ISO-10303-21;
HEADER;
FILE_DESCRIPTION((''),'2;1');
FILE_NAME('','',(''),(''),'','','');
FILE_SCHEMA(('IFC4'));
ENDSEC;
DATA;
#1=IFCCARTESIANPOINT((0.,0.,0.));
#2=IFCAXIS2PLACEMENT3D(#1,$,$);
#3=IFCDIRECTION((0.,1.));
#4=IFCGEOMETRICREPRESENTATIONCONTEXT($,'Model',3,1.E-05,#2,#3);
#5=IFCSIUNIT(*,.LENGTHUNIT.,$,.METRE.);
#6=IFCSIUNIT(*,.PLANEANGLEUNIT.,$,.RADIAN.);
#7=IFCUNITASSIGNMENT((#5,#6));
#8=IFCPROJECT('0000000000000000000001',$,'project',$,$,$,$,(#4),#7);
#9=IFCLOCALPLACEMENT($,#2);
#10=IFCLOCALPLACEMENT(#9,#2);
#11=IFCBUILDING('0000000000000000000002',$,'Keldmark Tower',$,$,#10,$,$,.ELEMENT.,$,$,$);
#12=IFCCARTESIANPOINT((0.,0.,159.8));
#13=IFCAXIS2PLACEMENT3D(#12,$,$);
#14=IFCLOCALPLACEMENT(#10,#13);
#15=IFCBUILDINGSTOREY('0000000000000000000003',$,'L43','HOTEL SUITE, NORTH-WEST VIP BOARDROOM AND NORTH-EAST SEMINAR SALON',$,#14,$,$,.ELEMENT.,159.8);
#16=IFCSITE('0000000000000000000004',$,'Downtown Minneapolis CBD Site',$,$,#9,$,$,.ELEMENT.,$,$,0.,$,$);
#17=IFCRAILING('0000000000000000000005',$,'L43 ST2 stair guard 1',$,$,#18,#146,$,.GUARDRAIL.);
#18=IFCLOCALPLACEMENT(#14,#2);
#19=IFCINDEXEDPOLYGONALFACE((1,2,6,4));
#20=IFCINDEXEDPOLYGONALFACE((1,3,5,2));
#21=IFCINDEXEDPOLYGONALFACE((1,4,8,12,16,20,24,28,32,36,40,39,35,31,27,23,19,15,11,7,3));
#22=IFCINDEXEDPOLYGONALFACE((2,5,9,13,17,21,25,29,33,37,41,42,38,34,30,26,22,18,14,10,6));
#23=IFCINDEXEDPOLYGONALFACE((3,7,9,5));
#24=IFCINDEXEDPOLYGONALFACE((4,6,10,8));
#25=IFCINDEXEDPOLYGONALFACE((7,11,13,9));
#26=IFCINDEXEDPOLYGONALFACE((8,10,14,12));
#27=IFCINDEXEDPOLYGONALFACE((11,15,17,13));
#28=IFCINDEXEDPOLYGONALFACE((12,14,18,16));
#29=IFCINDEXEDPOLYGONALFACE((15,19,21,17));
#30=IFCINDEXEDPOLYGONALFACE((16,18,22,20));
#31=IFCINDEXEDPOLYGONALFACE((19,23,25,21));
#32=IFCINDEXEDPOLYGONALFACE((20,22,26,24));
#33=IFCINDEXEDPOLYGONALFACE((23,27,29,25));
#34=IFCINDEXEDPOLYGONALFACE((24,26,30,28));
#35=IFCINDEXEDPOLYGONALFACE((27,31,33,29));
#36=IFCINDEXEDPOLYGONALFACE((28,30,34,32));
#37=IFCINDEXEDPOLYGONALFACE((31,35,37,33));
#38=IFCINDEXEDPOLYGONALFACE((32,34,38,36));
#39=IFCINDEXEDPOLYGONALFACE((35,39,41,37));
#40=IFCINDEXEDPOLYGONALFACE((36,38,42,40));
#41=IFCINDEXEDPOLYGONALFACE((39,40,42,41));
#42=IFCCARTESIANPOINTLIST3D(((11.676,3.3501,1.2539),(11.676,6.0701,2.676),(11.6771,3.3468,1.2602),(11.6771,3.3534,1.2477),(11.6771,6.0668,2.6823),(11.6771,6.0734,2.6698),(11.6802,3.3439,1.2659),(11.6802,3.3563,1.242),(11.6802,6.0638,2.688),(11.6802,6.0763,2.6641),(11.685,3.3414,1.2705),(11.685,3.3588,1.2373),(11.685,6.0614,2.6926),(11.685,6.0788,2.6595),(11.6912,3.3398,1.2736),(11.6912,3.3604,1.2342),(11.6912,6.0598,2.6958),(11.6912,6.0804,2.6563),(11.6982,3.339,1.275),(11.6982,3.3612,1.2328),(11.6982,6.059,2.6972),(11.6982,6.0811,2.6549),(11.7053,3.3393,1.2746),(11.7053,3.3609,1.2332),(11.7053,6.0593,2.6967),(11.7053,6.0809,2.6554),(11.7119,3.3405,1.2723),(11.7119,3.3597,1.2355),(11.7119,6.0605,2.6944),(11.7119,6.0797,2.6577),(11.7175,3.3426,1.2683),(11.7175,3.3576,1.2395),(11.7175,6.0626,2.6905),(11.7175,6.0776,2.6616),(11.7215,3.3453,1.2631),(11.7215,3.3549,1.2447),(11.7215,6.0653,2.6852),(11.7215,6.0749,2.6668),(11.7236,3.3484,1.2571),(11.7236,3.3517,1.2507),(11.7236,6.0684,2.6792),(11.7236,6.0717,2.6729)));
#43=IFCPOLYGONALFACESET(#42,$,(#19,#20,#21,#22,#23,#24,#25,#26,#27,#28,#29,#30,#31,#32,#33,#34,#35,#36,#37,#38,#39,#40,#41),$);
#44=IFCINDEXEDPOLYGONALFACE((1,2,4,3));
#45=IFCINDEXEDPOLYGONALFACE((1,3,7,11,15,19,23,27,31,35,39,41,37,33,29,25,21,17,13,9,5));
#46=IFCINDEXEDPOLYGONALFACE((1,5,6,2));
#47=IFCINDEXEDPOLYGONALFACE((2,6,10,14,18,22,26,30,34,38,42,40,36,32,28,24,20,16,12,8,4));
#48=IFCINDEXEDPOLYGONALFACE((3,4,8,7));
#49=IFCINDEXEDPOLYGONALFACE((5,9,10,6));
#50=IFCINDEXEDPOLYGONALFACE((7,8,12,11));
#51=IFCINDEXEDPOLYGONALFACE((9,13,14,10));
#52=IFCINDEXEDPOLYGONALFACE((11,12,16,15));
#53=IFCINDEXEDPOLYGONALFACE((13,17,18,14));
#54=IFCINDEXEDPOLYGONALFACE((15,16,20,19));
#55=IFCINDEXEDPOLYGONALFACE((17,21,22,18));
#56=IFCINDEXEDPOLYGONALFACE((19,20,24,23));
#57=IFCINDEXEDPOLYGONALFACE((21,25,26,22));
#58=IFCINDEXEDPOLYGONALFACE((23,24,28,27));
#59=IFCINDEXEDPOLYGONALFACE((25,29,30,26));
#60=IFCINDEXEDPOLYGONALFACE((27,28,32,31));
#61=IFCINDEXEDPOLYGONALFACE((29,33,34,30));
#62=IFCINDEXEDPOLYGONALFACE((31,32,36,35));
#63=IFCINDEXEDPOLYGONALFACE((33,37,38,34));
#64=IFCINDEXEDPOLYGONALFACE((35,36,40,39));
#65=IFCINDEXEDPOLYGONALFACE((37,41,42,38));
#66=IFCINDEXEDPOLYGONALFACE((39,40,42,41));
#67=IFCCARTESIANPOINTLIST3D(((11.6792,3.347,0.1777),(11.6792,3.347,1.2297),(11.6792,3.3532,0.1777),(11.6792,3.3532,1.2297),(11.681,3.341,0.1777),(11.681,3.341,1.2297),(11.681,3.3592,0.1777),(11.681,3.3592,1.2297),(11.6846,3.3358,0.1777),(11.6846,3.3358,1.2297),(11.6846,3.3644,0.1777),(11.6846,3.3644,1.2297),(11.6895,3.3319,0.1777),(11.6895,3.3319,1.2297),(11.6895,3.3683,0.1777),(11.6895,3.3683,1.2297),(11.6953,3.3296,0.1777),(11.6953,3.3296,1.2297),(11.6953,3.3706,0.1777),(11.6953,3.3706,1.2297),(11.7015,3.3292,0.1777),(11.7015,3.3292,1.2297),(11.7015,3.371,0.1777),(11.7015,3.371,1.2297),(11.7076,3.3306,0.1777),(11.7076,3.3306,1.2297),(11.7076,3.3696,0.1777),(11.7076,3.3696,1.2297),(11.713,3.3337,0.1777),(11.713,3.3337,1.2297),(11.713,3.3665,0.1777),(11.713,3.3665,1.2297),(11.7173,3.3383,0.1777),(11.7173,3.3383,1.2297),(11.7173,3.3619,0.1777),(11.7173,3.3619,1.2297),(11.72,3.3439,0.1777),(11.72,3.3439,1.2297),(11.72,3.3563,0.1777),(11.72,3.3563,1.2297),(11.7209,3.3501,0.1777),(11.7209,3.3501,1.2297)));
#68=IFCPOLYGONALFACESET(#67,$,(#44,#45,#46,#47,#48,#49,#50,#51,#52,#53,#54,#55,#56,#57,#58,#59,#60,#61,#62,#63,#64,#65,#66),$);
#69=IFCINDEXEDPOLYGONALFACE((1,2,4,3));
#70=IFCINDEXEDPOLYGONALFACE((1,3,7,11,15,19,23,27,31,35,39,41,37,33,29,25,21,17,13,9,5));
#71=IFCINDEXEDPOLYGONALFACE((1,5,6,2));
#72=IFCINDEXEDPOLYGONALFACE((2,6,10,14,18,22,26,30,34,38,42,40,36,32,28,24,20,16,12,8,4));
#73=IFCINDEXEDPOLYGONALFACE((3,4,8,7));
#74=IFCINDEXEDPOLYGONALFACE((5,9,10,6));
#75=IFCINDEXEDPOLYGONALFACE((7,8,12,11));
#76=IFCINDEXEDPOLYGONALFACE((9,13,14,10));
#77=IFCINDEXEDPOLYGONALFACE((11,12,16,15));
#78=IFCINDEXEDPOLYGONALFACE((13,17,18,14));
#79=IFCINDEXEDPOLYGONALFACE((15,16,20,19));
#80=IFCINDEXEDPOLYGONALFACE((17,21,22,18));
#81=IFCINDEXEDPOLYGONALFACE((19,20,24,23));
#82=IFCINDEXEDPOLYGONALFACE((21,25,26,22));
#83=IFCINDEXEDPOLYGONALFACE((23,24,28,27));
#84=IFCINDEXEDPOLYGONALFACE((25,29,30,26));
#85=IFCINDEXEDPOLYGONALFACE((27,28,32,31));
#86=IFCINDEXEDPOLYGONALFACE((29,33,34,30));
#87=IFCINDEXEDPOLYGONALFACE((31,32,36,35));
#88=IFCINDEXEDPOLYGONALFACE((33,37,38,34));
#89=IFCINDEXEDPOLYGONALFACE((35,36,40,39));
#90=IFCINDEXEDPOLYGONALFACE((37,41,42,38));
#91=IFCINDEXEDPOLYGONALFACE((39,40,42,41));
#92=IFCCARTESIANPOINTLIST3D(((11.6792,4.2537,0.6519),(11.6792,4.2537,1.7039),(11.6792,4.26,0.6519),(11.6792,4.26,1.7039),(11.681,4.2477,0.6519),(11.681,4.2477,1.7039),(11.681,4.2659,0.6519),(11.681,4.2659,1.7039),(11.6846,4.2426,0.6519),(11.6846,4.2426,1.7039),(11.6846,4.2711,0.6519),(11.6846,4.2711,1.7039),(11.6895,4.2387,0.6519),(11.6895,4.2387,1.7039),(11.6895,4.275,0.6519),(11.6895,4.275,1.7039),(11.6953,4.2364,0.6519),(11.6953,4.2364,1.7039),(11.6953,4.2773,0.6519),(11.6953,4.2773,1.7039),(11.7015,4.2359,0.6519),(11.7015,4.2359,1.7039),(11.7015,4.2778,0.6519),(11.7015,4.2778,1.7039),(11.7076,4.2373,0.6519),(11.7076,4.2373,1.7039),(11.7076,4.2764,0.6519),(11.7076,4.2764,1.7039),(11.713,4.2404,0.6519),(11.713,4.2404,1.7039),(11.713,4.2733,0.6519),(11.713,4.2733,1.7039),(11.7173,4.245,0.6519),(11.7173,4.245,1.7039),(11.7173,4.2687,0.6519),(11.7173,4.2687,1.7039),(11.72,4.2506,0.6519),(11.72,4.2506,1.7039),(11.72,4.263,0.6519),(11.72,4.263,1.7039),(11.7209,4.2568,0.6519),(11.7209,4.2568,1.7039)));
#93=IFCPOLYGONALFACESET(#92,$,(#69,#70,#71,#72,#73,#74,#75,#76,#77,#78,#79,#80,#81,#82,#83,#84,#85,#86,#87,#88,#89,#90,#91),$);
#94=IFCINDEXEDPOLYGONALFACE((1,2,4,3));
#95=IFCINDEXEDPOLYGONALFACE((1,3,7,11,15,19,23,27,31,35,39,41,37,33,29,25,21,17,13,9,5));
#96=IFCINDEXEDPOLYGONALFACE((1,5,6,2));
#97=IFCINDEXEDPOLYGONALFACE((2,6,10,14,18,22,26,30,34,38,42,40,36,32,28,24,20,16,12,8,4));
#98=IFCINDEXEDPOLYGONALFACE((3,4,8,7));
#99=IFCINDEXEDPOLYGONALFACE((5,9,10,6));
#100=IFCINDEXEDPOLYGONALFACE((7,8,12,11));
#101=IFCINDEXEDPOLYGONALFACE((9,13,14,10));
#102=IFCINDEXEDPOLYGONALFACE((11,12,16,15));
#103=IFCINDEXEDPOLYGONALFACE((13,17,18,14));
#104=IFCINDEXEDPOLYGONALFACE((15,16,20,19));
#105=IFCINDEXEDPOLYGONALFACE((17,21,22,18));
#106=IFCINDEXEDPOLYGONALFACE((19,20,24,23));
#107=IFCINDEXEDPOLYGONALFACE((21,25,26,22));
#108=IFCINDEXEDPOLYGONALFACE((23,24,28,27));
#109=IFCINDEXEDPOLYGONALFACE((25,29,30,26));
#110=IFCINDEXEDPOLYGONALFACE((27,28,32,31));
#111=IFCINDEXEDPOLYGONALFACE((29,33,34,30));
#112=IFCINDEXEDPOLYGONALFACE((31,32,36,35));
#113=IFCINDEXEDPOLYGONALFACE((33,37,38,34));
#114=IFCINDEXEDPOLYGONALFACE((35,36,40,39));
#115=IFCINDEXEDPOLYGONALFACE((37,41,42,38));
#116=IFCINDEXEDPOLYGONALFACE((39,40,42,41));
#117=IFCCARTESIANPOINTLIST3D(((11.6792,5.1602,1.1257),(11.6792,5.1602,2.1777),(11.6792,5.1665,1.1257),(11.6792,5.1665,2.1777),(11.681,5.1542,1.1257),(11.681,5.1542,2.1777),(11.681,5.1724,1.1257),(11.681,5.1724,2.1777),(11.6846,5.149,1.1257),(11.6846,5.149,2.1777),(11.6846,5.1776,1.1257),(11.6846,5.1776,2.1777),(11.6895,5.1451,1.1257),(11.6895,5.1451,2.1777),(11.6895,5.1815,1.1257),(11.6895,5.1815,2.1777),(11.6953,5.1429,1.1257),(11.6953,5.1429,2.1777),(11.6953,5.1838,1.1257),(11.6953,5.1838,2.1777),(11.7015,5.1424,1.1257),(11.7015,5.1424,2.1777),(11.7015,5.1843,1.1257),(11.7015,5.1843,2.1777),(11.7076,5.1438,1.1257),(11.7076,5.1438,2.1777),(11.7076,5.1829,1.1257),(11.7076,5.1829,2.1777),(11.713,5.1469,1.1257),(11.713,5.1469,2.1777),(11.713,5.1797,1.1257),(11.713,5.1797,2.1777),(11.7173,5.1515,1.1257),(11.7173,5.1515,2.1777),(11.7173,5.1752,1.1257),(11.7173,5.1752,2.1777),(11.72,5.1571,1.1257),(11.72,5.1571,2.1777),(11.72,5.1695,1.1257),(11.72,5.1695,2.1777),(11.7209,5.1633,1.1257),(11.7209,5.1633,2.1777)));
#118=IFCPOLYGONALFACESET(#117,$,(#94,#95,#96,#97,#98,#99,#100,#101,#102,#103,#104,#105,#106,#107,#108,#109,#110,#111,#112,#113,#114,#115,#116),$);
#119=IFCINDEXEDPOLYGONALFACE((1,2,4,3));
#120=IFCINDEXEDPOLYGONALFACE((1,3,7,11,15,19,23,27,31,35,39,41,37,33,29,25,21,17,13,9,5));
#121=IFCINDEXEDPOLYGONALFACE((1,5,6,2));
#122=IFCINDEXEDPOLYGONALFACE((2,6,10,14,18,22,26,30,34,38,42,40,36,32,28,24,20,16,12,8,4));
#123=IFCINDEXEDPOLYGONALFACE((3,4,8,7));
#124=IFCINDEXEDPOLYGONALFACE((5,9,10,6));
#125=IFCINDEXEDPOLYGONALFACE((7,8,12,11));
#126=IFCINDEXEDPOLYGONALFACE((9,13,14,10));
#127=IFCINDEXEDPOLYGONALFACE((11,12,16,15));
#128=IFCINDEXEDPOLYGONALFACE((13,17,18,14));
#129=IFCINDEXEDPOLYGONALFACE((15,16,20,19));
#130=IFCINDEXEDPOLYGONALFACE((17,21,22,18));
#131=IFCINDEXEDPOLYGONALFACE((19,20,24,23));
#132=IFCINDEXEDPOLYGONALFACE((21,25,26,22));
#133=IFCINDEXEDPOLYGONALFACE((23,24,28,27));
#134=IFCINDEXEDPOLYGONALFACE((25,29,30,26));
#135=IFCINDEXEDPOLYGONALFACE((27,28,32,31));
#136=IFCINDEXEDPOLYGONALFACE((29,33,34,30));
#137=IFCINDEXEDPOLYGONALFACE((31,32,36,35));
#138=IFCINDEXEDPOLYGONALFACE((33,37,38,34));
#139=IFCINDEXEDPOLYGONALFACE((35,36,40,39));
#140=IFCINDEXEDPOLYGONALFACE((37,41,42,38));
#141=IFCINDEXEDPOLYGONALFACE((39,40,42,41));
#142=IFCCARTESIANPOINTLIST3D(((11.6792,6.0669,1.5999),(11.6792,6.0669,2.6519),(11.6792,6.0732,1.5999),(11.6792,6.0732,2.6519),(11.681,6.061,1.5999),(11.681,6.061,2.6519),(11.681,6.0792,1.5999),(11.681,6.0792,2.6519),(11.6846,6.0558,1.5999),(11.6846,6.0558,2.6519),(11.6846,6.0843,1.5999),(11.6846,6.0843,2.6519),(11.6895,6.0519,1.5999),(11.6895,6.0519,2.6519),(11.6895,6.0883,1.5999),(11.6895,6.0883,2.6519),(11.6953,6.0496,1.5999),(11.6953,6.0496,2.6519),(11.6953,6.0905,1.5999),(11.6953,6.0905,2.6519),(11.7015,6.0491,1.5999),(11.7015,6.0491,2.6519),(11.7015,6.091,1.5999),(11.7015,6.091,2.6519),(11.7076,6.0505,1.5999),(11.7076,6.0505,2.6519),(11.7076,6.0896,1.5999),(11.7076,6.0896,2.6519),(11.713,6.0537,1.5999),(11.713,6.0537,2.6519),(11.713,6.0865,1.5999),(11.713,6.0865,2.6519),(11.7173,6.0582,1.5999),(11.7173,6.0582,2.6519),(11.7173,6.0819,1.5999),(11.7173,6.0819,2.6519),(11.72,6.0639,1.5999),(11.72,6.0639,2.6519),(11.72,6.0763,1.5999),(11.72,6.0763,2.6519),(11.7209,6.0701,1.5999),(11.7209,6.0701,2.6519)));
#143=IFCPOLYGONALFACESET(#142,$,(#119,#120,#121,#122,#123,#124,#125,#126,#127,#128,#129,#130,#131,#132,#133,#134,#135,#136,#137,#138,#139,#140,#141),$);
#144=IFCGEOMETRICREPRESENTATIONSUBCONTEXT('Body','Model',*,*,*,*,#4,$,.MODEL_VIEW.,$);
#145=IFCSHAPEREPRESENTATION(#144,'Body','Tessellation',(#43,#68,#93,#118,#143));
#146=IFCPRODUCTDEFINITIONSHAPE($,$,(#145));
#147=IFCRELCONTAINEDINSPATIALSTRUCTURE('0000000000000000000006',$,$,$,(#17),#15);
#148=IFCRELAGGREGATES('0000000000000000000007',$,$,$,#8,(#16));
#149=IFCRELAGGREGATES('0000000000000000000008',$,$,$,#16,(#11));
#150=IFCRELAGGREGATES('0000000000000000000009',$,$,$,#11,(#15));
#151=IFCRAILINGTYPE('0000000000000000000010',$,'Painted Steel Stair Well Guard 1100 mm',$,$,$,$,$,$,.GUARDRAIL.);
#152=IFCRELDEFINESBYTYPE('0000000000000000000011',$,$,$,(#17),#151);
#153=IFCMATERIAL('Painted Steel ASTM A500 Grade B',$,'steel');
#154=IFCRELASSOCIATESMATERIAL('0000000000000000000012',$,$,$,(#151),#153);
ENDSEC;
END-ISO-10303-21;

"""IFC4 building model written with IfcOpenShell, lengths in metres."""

from ifc_helpers import new_model, si_unit, direction, frame, origin, origin_2d, place, context, subcontext, project, spatial, circle, extrude, material, type_object, element, save


model = new_model("IFC4")

# Units and contexts
model_context = context("Model", 3, precision=1e-05, world=origin(), true_north=direction((0.0, 1.0)))
body_context = subcontext(model_context, "Body", "Model", "MODEL_VIEW")
ifc_project = project(units=[si_unit("LENGTHUNIT", "METRE"), si_unit("PLANEANGLEUNIT", "RADIAN")], contexts=[model_context])

# Site, building, storey
site_placement = place(None, origin())
site = spatial("IfcSite", under=ifc_project, at=site_placement, Name="Downtown Minneapolis CBD Site", CompositionType="ELEMENT", RefElevation=0.0)
building_placement = place(site_placement, origin())
building = spatial("IfcBuilding", under=site, at=building_placement, Name="Keldmark Tower", CompositionType="ELEMENT")
storey_placement = place(building_placement, frame((0.0, 0.0, 159.8)))
storey = spatial("IfcBuildingStorey", under=building, at=storey_placement, Name="L43", Description="HOTEL SUITE, NORTH-WEST VIP BOARDROOM AND NORTH-EAST SEMINAR SALON", CompositionType="ELEMENT", Elevation=159.8)

# Railing
ifc_material_1 = material(Name="Painted Steel ASTM A500 Grade B", Category="steel")
railing_type_1 = type_object("IfcRailingType", Name="Painted Steel Stair Well Guard 1100 mm", PredefinedType="GUARDRAIL", material=ifc_material_1)
railing_1_placement = place(storey_placement, frame((11.7, 3.3501, 0.1777)))
element("IfcRailing", 1, at=railing_1_placement, inside=storey, type_object=railing_type_1, Name="L43 ST2 stair guard 1", PredefinedType="GUARDRAIL", context=body_context, shape_type="SweptSolid", body=[
    extrude(circle(Radius=0.0239, at=origin_2d()), frame((0.0, 0.0, 1.0762), z_axis=(0.0, 0.886183, 0.463335), x_axis=(-1.0, 0.0, 0.0)), (0.0, 0.0, 1.0), 3.0693),
    extrude(circle(Radius=0.021, at=origin_2d()), origin(), (0.0, 0.0, 1.0), 1.052),
    extrude(circle(Radius=0.021, at=origin_2d()), frame((0.0, 0.9067, 0.4741)), (0.0, 0.0, 1.0), 1.052),
    extrude(circle(Radius=0.021, at=origin_2d()), frame((0.0, 1.8132, 0.948)), (0.0, 0.0, 1.0), 1.052),
    extrude(circle(Radius=0.021, at=origin_2d()), frame((0.0, 2.72, 1.4221)), (0.0, 0.0, 1.0), 1.052),
])

save(model, "model.ifc")
